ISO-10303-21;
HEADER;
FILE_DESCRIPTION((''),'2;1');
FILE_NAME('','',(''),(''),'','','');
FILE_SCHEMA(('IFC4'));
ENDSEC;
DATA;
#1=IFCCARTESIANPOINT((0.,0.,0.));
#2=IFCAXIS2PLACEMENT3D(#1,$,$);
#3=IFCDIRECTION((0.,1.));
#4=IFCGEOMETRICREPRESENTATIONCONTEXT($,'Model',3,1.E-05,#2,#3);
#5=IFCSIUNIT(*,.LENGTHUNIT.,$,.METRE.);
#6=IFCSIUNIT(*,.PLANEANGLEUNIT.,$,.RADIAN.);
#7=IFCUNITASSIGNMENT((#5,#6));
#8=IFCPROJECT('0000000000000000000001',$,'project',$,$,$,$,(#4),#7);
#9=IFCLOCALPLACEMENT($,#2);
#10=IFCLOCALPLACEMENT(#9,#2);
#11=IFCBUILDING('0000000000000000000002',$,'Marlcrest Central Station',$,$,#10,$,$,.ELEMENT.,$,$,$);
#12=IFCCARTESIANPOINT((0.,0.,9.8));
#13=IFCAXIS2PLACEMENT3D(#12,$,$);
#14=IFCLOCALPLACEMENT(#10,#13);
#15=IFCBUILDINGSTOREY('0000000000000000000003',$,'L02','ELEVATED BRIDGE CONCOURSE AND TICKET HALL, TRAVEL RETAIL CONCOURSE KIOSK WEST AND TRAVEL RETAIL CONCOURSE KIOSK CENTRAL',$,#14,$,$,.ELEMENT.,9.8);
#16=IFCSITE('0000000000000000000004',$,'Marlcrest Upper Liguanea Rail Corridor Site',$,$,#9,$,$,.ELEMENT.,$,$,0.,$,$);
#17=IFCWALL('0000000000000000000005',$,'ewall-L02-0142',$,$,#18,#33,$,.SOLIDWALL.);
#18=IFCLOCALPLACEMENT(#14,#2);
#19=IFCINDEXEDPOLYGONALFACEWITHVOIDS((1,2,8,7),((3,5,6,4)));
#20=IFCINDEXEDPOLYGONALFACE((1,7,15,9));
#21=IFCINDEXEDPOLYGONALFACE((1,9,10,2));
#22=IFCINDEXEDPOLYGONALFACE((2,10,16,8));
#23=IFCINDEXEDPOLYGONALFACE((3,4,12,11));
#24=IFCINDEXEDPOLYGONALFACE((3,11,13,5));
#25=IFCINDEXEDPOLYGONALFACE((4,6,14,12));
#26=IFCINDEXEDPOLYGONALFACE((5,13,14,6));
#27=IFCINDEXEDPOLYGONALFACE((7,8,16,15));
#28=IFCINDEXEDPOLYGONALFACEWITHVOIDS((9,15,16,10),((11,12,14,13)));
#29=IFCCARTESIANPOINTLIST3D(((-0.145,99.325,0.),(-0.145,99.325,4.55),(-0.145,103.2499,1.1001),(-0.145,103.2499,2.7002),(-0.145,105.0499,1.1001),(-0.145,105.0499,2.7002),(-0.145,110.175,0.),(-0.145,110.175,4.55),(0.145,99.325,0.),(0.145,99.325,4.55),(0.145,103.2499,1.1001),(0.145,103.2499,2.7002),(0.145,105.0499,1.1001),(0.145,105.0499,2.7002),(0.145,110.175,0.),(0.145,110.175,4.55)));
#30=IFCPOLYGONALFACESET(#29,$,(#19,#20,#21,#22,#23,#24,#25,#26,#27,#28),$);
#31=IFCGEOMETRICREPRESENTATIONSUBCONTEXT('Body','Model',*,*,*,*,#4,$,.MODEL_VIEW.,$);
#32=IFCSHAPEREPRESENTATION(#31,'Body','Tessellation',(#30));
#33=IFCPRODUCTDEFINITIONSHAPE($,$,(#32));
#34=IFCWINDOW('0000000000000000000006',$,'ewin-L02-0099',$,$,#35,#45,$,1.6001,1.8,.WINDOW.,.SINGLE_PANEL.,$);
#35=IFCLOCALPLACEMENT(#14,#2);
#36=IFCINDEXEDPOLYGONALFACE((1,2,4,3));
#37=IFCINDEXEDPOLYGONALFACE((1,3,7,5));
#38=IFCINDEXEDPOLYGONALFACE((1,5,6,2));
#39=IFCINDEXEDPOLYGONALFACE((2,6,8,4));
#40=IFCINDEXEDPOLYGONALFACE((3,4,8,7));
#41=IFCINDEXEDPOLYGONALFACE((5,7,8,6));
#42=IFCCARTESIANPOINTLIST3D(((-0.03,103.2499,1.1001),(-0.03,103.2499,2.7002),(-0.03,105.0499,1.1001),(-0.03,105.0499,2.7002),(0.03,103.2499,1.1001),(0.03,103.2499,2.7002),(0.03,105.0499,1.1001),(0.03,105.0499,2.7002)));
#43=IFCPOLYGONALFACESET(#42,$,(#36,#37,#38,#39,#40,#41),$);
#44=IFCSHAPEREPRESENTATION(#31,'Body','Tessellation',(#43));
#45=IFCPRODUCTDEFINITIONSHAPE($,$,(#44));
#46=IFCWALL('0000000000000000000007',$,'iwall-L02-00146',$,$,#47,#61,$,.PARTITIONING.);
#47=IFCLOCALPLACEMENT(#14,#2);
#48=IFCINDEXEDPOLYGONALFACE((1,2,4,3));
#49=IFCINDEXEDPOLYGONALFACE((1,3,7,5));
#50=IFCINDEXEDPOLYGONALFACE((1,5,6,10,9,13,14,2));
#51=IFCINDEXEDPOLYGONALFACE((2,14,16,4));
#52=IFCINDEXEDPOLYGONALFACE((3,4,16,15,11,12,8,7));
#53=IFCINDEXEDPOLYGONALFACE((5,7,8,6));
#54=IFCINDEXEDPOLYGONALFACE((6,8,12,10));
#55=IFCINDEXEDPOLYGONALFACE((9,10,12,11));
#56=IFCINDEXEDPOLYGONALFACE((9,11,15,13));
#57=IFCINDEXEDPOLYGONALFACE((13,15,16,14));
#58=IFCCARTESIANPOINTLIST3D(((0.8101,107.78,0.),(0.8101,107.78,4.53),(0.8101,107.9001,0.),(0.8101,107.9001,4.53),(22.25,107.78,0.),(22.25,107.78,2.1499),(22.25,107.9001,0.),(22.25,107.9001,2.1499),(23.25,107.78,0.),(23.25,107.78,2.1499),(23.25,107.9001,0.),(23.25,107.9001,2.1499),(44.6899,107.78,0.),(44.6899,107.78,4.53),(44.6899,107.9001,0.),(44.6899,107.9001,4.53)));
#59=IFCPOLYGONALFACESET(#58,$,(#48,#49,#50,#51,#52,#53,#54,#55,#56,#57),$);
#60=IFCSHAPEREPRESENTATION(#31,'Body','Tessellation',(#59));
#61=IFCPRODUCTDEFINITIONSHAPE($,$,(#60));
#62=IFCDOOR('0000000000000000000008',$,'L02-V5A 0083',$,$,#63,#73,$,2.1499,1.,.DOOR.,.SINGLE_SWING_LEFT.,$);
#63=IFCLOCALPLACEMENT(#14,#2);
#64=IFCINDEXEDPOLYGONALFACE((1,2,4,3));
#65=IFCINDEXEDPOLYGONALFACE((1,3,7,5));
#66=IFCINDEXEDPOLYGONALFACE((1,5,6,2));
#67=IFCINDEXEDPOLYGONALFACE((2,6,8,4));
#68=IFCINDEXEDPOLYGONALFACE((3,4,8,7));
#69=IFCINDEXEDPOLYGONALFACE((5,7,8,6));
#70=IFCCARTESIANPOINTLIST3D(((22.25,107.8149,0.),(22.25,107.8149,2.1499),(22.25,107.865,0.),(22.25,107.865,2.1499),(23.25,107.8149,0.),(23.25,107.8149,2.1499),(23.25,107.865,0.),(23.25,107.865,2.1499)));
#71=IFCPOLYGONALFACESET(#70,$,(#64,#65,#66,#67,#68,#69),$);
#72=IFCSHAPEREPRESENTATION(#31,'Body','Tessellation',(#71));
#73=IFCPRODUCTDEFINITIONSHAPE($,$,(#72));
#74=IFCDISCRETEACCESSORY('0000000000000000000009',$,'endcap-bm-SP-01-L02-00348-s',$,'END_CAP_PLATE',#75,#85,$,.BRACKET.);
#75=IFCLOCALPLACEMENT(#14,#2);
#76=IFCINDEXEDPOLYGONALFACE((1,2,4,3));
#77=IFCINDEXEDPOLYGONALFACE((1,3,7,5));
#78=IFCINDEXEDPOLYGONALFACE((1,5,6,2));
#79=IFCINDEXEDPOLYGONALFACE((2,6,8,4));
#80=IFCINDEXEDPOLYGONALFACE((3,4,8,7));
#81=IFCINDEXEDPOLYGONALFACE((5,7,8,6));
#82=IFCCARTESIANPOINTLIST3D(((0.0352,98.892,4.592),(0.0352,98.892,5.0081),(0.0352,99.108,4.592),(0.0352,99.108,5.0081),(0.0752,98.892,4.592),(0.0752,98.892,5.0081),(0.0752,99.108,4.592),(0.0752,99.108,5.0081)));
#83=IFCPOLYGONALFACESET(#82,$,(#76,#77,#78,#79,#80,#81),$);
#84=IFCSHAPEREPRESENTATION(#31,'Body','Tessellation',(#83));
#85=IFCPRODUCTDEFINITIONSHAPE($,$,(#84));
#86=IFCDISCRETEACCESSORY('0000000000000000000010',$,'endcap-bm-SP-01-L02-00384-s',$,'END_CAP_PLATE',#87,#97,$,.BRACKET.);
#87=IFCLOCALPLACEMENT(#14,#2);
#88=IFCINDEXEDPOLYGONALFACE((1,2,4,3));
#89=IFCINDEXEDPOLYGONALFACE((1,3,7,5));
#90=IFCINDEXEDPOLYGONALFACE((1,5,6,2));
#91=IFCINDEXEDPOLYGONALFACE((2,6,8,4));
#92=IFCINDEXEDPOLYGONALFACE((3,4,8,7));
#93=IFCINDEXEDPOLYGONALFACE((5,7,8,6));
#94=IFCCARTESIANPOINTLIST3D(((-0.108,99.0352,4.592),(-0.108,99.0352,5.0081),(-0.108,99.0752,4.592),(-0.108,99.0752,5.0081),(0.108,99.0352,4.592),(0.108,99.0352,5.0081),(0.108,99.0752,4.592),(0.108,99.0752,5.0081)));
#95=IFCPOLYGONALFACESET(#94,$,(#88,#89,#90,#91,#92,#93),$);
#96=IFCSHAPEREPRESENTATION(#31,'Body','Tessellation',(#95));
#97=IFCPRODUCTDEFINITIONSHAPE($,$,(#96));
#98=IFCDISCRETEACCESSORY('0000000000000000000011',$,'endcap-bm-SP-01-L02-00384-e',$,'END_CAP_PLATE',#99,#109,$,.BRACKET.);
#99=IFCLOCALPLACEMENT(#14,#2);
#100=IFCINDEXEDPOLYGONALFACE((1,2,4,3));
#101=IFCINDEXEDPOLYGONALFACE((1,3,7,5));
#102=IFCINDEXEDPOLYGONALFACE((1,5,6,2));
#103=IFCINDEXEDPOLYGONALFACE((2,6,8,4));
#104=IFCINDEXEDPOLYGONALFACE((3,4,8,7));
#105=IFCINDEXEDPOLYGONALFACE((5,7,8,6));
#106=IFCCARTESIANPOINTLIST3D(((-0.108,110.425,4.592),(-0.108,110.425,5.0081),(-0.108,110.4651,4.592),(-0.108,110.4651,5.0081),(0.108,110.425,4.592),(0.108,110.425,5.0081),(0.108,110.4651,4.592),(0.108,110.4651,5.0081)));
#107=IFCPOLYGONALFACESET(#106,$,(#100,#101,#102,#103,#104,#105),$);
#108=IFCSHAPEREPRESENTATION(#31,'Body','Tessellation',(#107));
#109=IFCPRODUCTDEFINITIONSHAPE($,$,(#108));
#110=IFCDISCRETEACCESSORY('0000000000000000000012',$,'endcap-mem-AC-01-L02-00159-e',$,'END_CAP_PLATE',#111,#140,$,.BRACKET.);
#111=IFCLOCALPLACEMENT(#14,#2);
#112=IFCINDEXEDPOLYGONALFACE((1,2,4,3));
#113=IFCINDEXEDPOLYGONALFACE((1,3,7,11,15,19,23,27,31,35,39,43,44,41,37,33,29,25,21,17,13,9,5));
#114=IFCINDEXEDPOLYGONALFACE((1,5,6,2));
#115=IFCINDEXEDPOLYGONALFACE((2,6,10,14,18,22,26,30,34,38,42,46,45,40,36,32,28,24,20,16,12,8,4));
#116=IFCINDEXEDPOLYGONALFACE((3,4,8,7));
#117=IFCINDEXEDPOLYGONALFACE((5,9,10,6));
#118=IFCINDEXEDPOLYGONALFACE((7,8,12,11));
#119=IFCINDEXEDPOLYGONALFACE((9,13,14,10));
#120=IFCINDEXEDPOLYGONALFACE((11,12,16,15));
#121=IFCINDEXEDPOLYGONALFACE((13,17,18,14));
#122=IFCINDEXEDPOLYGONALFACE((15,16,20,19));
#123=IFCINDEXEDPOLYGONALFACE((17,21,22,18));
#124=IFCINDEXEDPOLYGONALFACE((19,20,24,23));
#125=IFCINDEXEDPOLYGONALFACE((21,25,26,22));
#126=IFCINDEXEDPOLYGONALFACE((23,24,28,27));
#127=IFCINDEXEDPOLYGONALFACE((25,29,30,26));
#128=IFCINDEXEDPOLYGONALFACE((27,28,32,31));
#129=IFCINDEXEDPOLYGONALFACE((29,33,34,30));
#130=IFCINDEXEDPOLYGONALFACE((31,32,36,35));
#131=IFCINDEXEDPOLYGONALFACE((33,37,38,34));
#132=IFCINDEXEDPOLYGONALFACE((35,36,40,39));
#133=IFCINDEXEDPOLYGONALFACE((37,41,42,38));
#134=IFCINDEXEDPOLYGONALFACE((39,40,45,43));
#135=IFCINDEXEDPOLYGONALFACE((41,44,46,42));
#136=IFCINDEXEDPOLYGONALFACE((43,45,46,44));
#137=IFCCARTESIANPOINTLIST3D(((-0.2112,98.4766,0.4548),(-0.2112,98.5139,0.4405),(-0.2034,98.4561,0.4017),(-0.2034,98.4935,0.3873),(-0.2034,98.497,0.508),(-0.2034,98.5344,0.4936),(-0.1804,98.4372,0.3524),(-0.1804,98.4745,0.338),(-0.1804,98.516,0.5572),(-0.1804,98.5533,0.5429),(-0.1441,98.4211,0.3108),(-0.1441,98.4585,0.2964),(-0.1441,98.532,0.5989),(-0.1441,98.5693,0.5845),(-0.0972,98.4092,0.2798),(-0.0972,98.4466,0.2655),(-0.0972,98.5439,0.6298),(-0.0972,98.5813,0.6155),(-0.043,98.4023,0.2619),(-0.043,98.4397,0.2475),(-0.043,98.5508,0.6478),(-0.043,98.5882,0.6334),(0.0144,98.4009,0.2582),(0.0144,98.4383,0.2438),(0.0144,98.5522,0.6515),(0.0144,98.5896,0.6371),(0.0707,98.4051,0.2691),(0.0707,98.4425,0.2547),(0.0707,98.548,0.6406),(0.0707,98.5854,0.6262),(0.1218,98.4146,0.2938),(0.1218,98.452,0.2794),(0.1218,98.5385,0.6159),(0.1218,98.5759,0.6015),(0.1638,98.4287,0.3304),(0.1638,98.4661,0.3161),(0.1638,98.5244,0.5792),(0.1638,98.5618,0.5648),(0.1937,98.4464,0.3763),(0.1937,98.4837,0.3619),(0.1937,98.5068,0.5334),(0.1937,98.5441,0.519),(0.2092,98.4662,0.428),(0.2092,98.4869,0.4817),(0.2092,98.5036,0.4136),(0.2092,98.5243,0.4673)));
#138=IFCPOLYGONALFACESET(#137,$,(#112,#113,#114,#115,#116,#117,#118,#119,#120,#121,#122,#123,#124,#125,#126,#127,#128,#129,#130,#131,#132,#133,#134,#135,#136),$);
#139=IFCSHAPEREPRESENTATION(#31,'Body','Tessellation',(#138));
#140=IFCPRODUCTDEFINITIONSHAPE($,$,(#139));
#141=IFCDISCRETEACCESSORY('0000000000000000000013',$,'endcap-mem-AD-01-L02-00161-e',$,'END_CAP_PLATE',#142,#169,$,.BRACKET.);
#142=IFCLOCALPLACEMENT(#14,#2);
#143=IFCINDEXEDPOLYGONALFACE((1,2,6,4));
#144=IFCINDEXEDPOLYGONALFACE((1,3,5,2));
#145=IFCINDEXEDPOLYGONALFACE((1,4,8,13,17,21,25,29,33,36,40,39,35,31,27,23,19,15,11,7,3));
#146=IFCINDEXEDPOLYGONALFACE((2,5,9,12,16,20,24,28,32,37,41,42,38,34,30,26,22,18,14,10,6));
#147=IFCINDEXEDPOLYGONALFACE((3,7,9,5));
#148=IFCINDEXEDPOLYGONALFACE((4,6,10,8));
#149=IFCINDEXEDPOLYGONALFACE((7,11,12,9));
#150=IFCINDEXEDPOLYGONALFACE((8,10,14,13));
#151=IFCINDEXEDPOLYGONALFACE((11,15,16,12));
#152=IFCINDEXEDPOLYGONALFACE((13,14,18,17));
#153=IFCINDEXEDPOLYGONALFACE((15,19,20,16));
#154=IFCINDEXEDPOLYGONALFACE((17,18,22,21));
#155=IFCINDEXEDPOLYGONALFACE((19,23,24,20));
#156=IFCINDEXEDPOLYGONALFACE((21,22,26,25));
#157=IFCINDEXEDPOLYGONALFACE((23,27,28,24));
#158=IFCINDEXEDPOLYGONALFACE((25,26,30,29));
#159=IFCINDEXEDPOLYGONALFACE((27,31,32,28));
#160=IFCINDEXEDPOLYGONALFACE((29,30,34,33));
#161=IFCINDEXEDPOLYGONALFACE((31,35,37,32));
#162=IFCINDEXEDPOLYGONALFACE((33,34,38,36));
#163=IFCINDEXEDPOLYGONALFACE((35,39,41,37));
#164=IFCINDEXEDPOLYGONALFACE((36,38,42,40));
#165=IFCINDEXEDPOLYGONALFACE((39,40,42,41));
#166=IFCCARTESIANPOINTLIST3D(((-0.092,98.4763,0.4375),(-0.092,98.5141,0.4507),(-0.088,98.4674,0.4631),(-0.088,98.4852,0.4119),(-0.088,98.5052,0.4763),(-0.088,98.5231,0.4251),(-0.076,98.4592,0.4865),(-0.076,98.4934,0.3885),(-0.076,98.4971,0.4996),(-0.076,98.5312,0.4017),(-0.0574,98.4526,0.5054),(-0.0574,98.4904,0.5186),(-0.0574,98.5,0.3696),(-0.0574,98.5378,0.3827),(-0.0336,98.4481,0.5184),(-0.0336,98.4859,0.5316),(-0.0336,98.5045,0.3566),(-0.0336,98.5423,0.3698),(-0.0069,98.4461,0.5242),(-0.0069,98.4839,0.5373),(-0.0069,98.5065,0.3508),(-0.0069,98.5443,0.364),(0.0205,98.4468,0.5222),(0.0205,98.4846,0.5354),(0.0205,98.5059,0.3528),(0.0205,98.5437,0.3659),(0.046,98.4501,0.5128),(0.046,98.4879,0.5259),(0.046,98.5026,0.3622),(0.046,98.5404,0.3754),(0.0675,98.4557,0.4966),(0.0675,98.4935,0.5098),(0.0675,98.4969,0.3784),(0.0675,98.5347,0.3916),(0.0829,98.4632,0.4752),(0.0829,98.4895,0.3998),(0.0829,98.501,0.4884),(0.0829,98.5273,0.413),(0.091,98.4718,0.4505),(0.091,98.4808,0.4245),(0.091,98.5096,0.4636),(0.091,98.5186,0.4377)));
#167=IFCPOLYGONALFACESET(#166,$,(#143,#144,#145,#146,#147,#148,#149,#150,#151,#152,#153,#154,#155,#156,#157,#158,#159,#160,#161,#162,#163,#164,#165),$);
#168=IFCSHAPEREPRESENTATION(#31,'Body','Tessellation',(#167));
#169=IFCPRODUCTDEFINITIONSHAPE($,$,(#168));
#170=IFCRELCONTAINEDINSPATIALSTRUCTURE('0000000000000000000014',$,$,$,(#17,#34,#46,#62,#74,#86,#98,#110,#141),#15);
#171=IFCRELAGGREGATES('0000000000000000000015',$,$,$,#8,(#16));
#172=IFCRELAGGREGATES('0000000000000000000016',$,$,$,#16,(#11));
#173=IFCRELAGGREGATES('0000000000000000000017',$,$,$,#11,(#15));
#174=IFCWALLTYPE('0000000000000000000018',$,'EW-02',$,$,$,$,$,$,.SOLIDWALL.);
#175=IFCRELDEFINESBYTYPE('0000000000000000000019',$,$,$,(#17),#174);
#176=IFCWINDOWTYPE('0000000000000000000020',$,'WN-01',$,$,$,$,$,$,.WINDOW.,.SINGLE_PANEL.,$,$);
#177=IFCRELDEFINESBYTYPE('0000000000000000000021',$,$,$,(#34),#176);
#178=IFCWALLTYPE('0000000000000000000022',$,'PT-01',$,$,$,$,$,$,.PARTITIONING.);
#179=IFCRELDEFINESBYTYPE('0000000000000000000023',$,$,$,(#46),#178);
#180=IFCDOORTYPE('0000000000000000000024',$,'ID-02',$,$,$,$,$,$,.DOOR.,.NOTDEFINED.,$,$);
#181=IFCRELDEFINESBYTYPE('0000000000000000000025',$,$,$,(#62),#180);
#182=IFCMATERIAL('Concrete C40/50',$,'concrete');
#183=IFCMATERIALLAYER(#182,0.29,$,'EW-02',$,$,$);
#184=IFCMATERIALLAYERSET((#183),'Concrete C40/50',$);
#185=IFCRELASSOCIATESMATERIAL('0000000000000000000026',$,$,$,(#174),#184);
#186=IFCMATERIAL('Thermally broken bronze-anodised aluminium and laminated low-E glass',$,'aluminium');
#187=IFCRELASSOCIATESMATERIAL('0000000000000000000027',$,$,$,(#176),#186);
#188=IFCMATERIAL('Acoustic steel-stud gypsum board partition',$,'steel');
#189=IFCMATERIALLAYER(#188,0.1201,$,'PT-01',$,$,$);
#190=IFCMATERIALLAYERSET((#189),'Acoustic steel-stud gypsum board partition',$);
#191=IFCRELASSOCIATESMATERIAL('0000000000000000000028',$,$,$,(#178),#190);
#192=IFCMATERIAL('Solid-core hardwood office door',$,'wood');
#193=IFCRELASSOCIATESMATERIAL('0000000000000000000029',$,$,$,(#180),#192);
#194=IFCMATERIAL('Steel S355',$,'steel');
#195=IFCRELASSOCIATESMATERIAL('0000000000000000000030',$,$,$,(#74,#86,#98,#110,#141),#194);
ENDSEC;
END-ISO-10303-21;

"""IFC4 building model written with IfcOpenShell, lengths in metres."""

from ifc_helpers import new_model, si_unit, direction, frame, frame_2d, origin, origin_2d, place, context, subcontext, project, spatial, rectangle, circle, extrude, material, layer, layer_set, type_object, element, fill, save


model = new_model("IFC4")

# Units and contexts
model_context = context("Model", 3, precision=1e-05, world=origin(), true_north=direction((0.0, 1.0)))
body_context = subcontext(model_context, "Body", "Model", "MODEL_VIEW")
ifc_project = project(units=[si_unit("LENGTHUNIT", "METRE"), si_unit("PLANEANGLEUNIT", "RADIAN")], contexts=[model_context])

# Site, building, storey
site_placement = place(None, origin())
site = spatial("IfcSite", under=ifc_project, at=site_placement, Name="Marlcrest Upper Liguanea Rail Corridor Site", CompositionType="ELEMENT", RefElevation=0.0)
building_placement = place(site_placement, origin())
building = spatial("IfcBuilding", under=site, at=building_placement, Name="Marlcrest Central Station", CompositionType="ELEMENT")
storey_placement = place(building_placement, frame((0.0, 0.0, 9.8)))
storey = spatial("IfcBuildingStorey", under=building, at=storey_placement, Name="L02", Description="ELEVATED BRIDGE CONCOURSE AND TICKET HALL, TRAVEL RETAIL CONCOURSE KIOSK WEST AND TRAVEL RETAIL CONCOURSE KIOSK CENTRAL", CompositionType="ELEMENT", Elevation=9.8)

# Shared definitions
ifc_material_1 = material(Name="Steel S355", Category="steel")

# Wall, opening, window
ifc_material_2 = material(Name="Concrete C40/50", Category="concrete")
ifc_layer_1 = layer(ifc_material_2, 0.29, Name="EW-02")
ifc_layer_set_1 = layer_set([ifc_layer_1], Name="Concrete C40/50")
wall_type_1 = type_object("IfcWallType", Name="EW-02", PredefinedType="SOLIDWALL", material=ifc_layer_set_1)
wall_1_placement = place(storey_placement, frame((0.0, 99.325, 0.0), z_axis=(0.0, 0.0, 1.0), x_axis=(0.0, 1.0, 0.0)))
wall_1 = element("IfcWall", 1, at=wall_1_placement, inside=storey, type_object=wall_type_1, Name="ewall-L02-0142", PredefinedType="SOLIDWALL", context=body_context, shape_type="SweptSolid", body=[
    extrude(rectangle(XDim=10.8501, YDim=0.29, at=frame_2d((5.425, 0.0))), origin(), (0.0, 0.0, 1.0), 4.55),
])
opening_1_placement = place(wall_1_placement, frame((3.925, 0.0, 1.1001)))
opening_1 = element("IfcOpeningElement", 2, at=opening_1_placement, cuts=wall_1, PredefinedType="OPENING", context=body_context, shape_type="SweptSolid", body=[
    extrude(rectangle(XDim=1.8, YDim=1.6001, at=frame_2d((0.8999, 0.8))), frame((0.0, 0.155, 0.0), z_axis=(0.0, -1.0, 0.0), x_axis=(1.0, 0.0, 0.0)), (0.0, 0.0, 1.0), 0.3101),
])
ifc_material_3 = material(Name="Thermally broken bronze-anodised aluminium and laminated low-E glass", Category="aluminium")
window_type = type_object("IfcWindowType", Name="WN-01", PartitioningType="SINGLE_PANEL", PredefinedType="WINDOW", material=ifc_material_3)
window_placement = place(opening_1_placement, origin())
window = element("IfcWindow", 3, at=window_placement, inside=storey, type_object=window_type, Name="ewin-L02-0099", OverallHeight=1.6001, OverallWidth=1.8, PartitioningType="SINGLE_PANEL", PredefinedType="WINDOW", context=body_context, shape_type="SweptSolid", body=[
    extrude(rectangle(XDim=1.8, YDim=1.6001, at=frame_2d((0.8999, 0.8))), frame((0.0, 0.03, 0.0), z_axis=(0.0, -1.0, 0.0), x_axis=(1.0, 0.0, 0.0)), (0.0, 0.0, 1.0), 0.0601),
])
fill(opening_1, window)

# Wall, opening, door
ifc_material_4 = material(Name="Acoustic steel-stud gypsum board partition", Category="steel")
ifc_layer_2 = layer(ifc_material_4, 0.1201, Name="PT-01")
ifc_layer_set_2 = layer_set([ifc_layer_2], Name="Acoustic steel-stud gypsum board partition")
wall_type_2 = type_object("IfcWallType", Name="PT-01", PredefinedType="PARTITIONING", material=ifc_layer_set_2)
wall_2_placement = place(storey_placement, frame((0.8101, 107.8401, 0.0), z_axis=(0.0, 0.0, 1.0), x_axis=(1.0, 0.0, 0.0)))
wall_2 = element("IfcWall", 4, at=wall_2_placement, inside=storey, type_object=wall_type_2, Name="iwall-L02-00146", PredefinedType="PARTITIONING", context=body_context, shape_type="SweptSolid", body=[
    extrude(rectangle(XDim=43.8799, YDim=0.1201, at=frame_2d((21.9399, 0.0))), origin(), (0.0, 0.0, 1.0), 4.53),
])
opening_2_placement = place(wall_2_placement, frame((21.4399, 0.0, 0.0)))
opening_2 = element("IfcOpeningElement", 5, at=opening_2_placement, cuts=wall_2, PredefinedType="OPENING", context=body_context, shape_type="SweptSolid", body=[
    extrude(rectangle(XDim=1.0, YDim=2.1499, at=frame_2d((0.5, 1.075))), frame((0.0, 0.0701, 0.0), z_axis=(0.0, -1.0, 0.0), x_axis=(1.0, 0.0, 0.0)), (0.0, 0.0, 1.0), 0.1401),
])
ifc_material_5 = material(Name="Solid-core hardwood office door", Category="wood")
door_type = type_object("IfcDoorType", Name="ID-02", OperationType="NOTDEFINED", PredefinedType="DOOR", material=ifc_material_5)
door_placement = place(opening_2_placement, origin())
door = element("IfcDoor", 6, at=door_placement, inside=storey, type_object=door_type, Name="L02-V5A 0083", OperationType="SINGLE_SWING_LEFT", OverallHeight=2.1499, OverallWidth=1.0, PredefinedType="DOOR", context=body_context, shape_type="SweptSolid", body=[
    extrude(rectangle(XDim=1.0, YDim=2.1499, at=frame_2d((0.5, 1.075))), frame((0.0, 0.0249, 0.0), z_axis=(0.0, -1.0, 0.0), x_axis=(1.0, 0.0, 0.0)), (0.0, 0.0, 1.0), 0.05),
])
fill(opening_2, door)

# Discrete accessories
for number, where, z_axis, x_axis, name in (
    (7, (0.0352, 99.0, 4.8), (1.0, 0.0, 0.0), (0.0, 1.0, 0.0), "endcap-bm-SP-01-L02-00348-s"),
    (8, (0.0, 99.0352, 4.8), (0.0, 1.0, 0.0), (-1.0, 0.0, 0.0), "endcap-bm-SP-01-L02-00384-s"),
    (9, (0.0, 110.425, 4.8), (0.0, 1.0, 0.0), (-1.0, 0.0, 0.0), "endcap-bm-SP-01-L02-00384-e"),
):
    element("IfcDiscreteAccessory", number, at=place(storey_placement, frame(where, z_axis=z_axis, x_axis=x_axis)), inside=storey, material=ifc_material_1, Name=name, ObjectType="END_CAP_PLATE", PredefinedType="BRACKET", context=body_context, shape_type="SweptSolid", body=[
        extrude(rectangle(XDim=0.2161, YDim=0.416, at=origin_2d()), origin(), (0.0, 0.0, 1.0), 0.04),
    ])
discrete_accessory_1_placement = place(storey_placement, frame((0.0, 98.4766, 0.4548), z_axis=(0.0, 0.933324, -0.359035), x_axis=(-1.0, 0.0, 0.0)))
element("IfcDiscreteAccessory", 10, at=discrete_accessory_1_placement, inside=storey, material=ifc_material_1, Name="endcap-mem-AC-01-L02-00159-e", ObjectType="END_CAP_PLATE", PredefinedType="BRACKET", context=body_context, shape_type="SweptSolid", body=[
    extrude(circle(Radius=0.2112, at=origin_2d()), origin(), (0.0, 0.0, 1.0), 0.04),
])
discrete_accessory_2_placement = place(storey_placement, frame((0.0, 98.4763, 0.4375), z_axis=(0.0, 0.94426, 0.3292), x_axis=(-1.0, 0.0, 0.0)))
element("IfcDiscreteAccessory", 11, at=discrete_accessory_2_placement, inside=storey, material=ifc_material_1, Name="endcap-mem-AD-01-L02-00161-e", ObjectType="END_CAP_PLATE", PredefinedType="BRACKET", context=body_context, shape_type="SweptSolid", body=[
    extrude(circle(Radius=0.092, at=origin_2d()), origin(), (0.0, 0.0, 1.0), 0.04),
])

save(model, "model.ifc")
